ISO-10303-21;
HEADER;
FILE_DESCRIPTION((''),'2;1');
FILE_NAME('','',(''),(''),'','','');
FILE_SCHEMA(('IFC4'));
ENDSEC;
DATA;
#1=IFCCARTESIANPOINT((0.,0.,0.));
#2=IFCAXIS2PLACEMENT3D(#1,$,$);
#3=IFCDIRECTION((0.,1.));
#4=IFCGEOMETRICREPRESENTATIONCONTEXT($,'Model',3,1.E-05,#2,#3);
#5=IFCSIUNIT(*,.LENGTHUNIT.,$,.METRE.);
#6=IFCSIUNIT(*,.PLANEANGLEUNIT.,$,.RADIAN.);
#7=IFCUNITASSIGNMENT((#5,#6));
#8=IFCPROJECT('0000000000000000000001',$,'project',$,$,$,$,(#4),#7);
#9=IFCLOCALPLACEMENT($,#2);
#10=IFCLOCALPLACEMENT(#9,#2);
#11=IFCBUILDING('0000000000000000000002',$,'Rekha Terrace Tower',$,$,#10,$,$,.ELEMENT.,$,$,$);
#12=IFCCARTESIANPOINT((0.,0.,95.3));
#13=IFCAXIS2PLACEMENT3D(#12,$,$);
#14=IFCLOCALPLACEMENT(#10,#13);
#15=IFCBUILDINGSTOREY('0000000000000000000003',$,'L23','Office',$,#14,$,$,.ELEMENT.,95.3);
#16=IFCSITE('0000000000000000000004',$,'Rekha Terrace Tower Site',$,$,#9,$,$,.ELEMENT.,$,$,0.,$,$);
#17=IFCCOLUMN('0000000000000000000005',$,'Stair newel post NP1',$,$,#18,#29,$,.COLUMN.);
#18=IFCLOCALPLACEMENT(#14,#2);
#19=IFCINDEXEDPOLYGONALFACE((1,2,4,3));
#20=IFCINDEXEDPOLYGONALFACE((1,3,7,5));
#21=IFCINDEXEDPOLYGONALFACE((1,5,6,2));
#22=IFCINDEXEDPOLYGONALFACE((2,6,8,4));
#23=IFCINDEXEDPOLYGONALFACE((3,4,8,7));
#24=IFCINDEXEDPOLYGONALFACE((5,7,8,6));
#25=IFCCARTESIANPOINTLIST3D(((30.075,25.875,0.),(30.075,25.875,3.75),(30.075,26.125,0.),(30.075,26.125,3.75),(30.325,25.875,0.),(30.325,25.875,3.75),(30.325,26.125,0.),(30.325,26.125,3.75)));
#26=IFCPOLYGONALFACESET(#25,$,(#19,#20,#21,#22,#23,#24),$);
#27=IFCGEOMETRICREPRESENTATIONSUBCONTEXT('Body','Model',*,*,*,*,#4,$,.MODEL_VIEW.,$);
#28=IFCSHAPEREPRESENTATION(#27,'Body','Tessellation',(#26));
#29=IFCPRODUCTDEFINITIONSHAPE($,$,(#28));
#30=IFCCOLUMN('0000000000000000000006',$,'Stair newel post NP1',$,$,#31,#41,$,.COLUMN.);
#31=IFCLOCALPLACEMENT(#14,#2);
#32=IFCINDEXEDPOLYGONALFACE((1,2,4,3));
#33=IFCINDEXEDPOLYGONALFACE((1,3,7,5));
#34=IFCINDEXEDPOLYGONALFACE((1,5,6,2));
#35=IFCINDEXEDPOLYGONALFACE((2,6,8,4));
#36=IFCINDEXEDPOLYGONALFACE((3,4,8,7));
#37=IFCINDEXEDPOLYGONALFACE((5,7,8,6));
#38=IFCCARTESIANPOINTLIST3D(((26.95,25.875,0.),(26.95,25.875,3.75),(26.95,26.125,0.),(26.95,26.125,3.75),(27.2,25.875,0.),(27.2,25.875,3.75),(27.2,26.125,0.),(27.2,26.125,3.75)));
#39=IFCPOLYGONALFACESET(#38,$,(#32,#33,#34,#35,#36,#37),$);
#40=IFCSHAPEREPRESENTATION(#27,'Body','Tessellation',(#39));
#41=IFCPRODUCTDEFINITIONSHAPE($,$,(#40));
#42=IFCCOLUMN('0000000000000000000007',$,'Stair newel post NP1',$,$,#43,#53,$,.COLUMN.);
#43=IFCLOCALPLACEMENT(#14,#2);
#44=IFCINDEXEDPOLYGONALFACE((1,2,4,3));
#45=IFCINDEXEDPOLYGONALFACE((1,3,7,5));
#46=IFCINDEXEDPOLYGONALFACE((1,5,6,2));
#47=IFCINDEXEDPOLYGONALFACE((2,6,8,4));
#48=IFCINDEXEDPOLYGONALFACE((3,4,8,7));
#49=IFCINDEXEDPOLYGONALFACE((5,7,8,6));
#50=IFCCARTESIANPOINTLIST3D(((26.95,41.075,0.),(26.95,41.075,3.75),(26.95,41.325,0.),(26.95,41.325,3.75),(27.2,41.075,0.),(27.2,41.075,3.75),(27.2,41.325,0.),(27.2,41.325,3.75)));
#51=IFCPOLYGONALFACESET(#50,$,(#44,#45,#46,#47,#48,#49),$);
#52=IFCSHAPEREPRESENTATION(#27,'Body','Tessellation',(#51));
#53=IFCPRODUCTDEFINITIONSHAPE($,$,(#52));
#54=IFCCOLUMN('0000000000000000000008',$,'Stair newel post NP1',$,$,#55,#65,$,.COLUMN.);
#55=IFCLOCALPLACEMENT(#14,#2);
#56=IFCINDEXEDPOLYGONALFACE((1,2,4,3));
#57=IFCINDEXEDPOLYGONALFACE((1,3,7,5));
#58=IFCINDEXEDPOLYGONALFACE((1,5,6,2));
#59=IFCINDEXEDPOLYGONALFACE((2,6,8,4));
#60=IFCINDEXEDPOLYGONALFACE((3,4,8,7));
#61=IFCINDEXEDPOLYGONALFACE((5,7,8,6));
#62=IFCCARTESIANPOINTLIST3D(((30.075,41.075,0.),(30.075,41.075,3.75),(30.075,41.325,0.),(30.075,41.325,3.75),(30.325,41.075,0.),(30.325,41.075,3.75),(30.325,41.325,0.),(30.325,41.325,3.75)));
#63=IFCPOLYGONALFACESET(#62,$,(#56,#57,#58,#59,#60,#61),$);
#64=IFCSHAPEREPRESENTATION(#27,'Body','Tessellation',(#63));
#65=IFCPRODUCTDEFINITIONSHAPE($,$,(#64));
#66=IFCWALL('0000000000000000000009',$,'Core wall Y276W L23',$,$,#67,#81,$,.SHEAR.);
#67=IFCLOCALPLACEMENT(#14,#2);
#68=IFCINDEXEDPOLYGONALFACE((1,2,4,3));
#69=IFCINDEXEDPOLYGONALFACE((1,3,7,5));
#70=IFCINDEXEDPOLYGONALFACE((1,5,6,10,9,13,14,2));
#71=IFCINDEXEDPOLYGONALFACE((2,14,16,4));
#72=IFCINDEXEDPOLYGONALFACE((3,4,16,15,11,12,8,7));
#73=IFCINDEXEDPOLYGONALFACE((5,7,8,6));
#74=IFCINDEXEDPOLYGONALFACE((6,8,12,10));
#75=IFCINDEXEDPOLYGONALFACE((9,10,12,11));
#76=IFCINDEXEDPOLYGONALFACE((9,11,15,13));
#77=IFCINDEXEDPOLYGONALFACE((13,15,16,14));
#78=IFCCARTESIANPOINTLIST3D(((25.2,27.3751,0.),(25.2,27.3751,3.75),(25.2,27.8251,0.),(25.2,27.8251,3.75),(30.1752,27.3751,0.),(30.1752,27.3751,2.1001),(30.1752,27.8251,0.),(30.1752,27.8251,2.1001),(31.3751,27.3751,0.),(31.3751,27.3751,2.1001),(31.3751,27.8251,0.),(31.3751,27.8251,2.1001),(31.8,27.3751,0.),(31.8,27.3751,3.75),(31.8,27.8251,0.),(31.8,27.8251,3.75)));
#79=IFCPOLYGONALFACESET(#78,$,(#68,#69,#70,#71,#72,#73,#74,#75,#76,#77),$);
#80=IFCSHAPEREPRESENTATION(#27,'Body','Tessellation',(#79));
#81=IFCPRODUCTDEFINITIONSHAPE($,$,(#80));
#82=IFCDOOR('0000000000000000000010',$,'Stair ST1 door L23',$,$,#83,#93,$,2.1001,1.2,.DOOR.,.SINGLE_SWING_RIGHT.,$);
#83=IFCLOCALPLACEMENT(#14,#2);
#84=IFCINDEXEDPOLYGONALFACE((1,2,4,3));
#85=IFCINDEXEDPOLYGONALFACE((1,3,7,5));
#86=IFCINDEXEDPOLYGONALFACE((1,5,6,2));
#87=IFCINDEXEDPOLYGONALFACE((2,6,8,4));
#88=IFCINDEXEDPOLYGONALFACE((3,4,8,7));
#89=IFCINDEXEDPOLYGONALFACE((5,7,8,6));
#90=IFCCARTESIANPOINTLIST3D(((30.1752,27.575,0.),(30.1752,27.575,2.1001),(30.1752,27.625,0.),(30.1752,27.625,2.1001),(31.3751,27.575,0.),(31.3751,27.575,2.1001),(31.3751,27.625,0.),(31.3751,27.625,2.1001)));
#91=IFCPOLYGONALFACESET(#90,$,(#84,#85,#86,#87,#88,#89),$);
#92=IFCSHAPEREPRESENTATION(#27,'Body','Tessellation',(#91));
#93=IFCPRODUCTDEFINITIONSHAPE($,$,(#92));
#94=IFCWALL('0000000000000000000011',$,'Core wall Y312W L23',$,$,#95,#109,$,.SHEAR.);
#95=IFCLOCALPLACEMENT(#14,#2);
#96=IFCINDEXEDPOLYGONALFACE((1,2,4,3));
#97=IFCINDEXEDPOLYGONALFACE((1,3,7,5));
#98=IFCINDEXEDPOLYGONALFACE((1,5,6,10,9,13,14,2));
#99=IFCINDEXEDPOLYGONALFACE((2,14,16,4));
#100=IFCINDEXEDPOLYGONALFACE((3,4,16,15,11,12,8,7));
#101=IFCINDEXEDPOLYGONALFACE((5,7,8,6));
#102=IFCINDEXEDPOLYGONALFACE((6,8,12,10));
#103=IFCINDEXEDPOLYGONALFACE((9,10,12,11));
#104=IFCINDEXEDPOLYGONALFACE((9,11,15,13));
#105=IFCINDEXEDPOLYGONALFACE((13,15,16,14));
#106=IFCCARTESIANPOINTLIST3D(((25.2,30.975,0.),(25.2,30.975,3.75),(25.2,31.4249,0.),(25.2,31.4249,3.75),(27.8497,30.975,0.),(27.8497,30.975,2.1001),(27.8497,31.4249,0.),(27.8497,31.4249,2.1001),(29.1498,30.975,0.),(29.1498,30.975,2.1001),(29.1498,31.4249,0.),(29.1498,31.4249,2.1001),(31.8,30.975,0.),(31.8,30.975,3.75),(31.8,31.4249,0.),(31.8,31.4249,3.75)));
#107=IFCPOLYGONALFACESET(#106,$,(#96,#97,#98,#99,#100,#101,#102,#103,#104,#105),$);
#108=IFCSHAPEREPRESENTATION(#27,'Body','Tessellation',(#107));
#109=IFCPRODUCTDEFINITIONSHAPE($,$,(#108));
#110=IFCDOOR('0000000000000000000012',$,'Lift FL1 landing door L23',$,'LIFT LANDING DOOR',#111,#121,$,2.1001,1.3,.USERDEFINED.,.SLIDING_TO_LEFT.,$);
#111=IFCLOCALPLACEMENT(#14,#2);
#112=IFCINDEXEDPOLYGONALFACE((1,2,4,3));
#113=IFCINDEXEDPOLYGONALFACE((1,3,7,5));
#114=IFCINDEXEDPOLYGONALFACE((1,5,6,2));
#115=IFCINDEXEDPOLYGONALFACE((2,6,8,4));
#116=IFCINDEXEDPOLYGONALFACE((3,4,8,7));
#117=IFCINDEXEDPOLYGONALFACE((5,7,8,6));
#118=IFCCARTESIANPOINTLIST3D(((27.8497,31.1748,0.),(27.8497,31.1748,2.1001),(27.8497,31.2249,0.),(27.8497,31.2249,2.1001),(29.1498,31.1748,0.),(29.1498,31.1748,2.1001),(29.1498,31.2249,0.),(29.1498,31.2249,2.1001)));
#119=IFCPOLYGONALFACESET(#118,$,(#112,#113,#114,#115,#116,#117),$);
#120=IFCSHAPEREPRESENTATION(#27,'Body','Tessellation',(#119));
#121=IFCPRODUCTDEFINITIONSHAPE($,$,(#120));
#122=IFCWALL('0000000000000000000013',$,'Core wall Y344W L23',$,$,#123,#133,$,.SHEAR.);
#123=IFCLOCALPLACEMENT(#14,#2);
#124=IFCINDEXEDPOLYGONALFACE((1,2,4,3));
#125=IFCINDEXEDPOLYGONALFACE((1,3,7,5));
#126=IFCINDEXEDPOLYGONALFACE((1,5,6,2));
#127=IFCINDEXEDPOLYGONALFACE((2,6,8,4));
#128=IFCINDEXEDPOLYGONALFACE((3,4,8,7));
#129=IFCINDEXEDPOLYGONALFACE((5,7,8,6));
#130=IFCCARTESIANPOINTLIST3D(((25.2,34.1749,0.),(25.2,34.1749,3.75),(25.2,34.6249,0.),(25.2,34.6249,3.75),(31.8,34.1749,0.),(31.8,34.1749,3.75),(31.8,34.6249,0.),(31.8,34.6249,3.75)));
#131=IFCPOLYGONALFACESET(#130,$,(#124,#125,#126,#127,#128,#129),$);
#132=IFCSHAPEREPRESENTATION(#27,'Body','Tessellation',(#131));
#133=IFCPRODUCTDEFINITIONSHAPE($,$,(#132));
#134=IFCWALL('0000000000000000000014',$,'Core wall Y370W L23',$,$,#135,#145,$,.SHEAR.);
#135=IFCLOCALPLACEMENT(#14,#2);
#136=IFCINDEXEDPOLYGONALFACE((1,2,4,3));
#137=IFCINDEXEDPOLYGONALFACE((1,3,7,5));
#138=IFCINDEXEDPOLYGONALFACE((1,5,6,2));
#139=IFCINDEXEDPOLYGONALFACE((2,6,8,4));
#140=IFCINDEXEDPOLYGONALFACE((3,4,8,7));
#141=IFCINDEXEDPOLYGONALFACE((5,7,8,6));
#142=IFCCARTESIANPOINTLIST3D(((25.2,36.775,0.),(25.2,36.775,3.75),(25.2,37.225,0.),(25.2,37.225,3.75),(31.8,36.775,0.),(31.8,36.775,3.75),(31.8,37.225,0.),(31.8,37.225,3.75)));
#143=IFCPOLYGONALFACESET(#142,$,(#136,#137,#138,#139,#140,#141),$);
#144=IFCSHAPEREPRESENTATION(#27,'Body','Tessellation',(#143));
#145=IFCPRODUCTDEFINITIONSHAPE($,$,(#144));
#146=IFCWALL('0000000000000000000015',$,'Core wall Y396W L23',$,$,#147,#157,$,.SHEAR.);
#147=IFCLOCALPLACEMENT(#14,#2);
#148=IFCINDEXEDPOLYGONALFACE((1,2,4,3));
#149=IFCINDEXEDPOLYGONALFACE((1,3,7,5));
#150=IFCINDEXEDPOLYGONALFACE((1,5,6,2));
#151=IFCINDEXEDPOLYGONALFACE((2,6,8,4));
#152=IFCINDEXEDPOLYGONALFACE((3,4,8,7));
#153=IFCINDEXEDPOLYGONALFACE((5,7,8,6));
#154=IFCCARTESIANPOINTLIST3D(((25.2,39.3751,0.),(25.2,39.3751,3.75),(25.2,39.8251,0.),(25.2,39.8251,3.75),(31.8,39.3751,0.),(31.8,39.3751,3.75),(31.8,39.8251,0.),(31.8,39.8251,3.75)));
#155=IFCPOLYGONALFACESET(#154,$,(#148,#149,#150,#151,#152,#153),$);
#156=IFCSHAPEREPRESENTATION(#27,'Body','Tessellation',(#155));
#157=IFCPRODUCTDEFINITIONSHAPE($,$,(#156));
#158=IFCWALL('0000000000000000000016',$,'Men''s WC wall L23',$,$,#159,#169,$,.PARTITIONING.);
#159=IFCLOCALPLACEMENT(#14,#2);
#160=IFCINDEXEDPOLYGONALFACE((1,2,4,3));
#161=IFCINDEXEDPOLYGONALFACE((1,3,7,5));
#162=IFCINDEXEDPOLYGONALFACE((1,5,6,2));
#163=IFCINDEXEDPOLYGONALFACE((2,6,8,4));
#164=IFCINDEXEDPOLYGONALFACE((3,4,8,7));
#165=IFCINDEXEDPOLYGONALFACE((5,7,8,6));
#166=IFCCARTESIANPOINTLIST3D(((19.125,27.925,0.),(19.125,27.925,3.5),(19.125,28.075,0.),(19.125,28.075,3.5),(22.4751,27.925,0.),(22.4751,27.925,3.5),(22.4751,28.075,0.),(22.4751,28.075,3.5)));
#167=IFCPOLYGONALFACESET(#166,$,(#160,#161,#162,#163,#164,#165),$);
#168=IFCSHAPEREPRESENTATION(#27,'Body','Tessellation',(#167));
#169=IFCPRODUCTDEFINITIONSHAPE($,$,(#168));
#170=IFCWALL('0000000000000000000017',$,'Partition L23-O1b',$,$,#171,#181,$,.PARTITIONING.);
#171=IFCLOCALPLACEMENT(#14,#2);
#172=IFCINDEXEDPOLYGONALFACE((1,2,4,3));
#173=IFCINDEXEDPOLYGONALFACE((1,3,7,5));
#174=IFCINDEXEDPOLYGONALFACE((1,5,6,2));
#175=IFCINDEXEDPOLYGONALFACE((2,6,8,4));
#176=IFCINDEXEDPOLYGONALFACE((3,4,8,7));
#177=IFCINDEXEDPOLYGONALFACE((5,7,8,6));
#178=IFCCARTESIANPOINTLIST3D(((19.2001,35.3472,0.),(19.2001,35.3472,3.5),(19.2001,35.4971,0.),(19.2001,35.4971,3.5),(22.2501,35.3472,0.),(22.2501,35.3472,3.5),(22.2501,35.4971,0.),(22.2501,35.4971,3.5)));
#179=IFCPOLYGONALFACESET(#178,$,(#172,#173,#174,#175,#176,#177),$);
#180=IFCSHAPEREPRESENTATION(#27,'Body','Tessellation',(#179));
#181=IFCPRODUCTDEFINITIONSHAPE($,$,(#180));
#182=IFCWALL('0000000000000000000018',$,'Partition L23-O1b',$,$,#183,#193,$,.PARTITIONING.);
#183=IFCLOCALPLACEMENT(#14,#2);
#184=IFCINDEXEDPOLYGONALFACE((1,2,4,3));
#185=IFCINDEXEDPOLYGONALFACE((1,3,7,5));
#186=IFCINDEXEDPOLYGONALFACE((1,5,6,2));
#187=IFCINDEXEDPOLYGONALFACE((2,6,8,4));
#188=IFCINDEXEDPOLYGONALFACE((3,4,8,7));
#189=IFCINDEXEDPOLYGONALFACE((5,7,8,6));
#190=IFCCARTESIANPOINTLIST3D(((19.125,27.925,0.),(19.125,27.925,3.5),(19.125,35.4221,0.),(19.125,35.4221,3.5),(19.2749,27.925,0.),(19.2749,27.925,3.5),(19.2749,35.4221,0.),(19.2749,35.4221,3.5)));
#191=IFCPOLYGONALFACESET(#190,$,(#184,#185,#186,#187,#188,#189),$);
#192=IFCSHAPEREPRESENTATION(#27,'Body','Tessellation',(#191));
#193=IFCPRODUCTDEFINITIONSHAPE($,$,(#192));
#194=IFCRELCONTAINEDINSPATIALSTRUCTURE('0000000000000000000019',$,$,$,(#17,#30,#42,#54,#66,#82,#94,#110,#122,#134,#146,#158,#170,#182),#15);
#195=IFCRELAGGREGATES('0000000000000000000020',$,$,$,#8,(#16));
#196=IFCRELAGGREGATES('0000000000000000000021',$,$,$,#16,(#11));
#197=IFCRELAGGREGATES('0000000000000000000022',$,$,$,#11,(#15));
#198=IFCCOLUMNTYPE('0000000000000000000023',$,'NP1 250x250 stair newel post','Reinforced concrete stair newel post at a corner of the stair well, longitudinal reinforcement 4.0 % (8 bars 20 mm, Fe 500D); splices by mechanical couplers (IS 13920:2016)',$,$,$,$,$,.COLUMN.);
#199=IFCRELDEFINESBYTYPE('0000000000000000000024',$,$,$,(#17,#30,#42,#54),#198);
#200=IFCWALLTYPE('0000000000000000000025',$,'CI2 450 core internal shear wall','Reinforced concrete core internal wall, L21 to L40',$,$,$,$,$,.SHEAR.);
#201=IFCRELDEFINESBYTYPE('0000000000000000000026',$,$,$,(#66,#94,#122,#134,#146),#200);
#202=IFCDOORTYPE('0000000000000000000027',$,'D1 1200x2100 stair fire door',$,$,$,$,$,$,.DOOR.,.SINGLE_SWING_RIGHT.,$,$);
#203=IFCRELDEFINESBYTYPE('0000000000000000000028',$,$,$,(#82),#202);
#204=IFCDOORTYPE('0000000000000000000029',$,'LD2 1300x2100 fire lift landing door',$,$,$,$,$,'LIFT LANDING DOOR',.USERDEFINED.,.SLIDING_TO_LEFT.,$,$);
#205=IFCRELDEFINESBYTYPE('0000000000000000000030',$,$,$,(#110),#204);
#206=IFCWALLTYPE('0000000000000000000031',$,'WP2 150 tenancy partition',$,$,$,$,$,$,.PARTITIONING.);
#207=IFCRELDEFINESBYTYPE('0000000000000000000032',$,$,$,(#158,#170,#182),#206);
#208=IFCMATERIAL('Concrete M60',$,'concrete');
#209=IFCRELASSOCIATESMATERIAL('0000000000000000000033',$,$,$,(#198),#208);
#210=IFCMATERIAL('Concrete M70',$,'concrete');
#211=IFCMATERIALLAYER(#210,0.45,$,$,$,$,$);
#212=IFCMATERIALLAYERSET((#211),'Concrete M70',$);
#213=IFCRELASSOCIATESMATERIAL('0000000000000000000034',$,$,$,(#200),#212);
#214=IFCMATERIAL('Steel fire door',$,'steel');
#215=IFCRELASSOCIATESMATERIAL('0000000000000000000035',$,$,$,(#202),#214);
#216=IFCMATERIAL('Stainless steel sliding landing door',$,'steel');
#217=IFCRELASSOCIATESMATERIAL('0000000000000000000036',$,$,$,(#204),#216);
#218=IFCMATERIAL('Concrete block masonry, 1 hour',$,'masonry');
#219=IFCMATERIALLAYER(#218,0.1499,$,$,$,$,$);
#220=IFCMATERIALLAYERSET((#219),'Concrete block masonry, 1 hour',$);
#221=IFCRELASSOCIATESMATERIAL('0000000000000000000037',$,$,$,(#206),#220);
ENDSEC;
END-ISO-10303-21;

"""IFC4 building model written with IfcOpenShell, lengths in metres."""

from ifc_helpers import new_model, si_unit, direction, frame, frame_2d, origin, origin_2d, place, context, subcontext, project, spatial, rectangle, extrude, material, layer, layer_set, material_profile, profile_set, type_object, element, fill, save


model = new_model("IFC4")

# Units and contexts
model_context = context("Model", 3, precision=1e-05, world=origin(), true_north=direction((0.0, 1.0)))
body_context = subcontext(model_context, "Body", "Model", "MODEL_VIEW")
ifc_project = project(units=[si_unit("LENGTHUNIT", "METRE"), si_unit("PLANEANGLEUNIT", "RADIAN")], contexts=[model_context])

# Site, building, storey
site_placement = place(None, origin())
site = spatial("IfcSite", under=ifc_project, at=site_placement, Name="Rekha Terrace Tower Site", CompositionType="ELEMENT", RefElevation=0.0)
building_placement = place(site_placement, origin())
building = spatial("IfcBuilding", under=site, at=building_placement, Name="Rekha Terrace Tower", CompositionType="ELEMENT")
storey_placement = place(building_placement, frame((0.0, 0.0, 95.3)))
storey = spatial("IfcBuildingStorey", under=building, at=storey_placement, Name="L23", Description="Office", CompositionType="ELEMENT", Elevation=95.3)

# Columns
ifc_material_1 = material(Name="Concrete M60", Category="concrete")
ifc_material_profile = material_profile(ifc_material_1, rectangle(XDim=0.25, YDim=0.25, at=origin_2d()), Name="RC 250x250")
ifc_profile_set = profile_set([ifc_material_profile], Name="Concrete M60")
column_type = type_object("IfcColumnType", Name="NP1 250x250 stair newel post", Description="Reinforced concrete stair newel post at a corner of the stair well, longitudinal reinforcement 4.0 % (8 bars 20 mm, Fe 500D); splices by mechanical couplers (IS 13920:2016)", PredefinedType="COLUMN", material=ifc_profile_set)
for number, where, z_axis, x_axis, name in (
    (1, (30.2, 26.0, 0.0), (0.0, 0.0, 1.0), (1.0, 0.0, 0.0), "Stair newel post NP1"),
    (2, (27.075, 26.0, 0.0), (0.0, 0.0, 1.0), (1.0, 0.0, 0.0), "Stair newel post NP1"),
    (3, (27.075, 41.2, 0.0), (0.0, 0.0, 1.0), (1.0, 0.0, 0.0), "Stair newel post NP1"),
    (4, (30.2, 41.2, 0.0), (0.0, 0.0, 1.0), (1.0, 0.0, 0.0), "Stair newel post NP1"),
):
    element("IfcColumn", number, at=place(storey_placement, frame(where, z_axis=z_axis, x_axis=x_axis)), inside=storey, type_object=column_type, Name=name, PredefinedType="COLUMN", context=body_context, shape_type="SweptSolid", body=[
        extrude(rectangle(XDim=0.25, YDim=0.25, at=origin_2d()), origin(), (0.0, 0.0, 1.0), 3.75),
    ])

# Walls, openings, doors
ifc_material_2 = material(Name="Concrete M70", Category="concrete")
ifc_layer_1 = layer(ifc_material_2, 0.45)
ifc_layer_set_1 = layer_set([ifc_layer_1], Name="Concrete M70")
wall_type_1 = type_object("IfcWallType", Name="CI2 450 core internal shear wall", Description="Reinforced concrete core internal wall, L21 to L40", PredefinedType="SHEAR", material=ifc_layer_set_1)
wall_1_placement = place(storey_placement, frame((25.2, 27.6001, 0.0), z_axis=(0.0, 0.0, 1.0), x_axis=(1.0, 0.0, 0.0)))
wall_1 = element("IfcWall", 5, at=wall_1_placement, inside=storey, type_object=wall_type_1, Name="Core wall Y276W L23", PredefinedType="SHEAR", context=body_context, shape_type="SweptSolid", body=[
    extrude(rectangle(XDim=6.6001, YDim=0.45, at=frame_2d((3.3, 0.0))), origin(), (0.0, 0.0, 1.0), 3.75),
])
opening_1_placement = place(wall_1_placement, frame((4.9751, 0.0, 0.0)))
opening_1 = element("IfcOpeningElement", 6, at=opening_1_placement, cuts=wall_1, PredefinedType="OPENING", context=body_context, shape_type="SweptSolid", body=[
    extrude(rectangle(XDim=1.2, YDim=2.1001, at=frame_2d((0.6001, 1.05))), frame((0.0, 0.2349, 0.0), z_axis=(0.0, -1.0, 0.0), x_axis=(1.0, 0.0, 0.0)), (0.0, 0.0, 1.0), 0.47),
])
ifc_material_3 = material(Name="Steel fire door", Category="steel")
door_type_1 = type_object("IfcDoorType", Name="D1 1200x2100 stair fire door", OperationType="SINGLE_SWING_RIGHT", PredefinedType="DOOR", material=ifc_material_3)
door_1_placement = place(opening_1_placement, origin())
door_1 = element("IfcDoor", 7, at=door_1_placement, inside=storey, type_object=door_type_1, Name="Stair ST1 door L23", OperationType="SINGLE_SWING_RIGHT", OverallHeight=2.1001, OverallWidth=1.2, PredefinedType="DOOR", context=body_context, shape_type="SweptSolid", body=[
    extrude(rectangle(XDim=1.2, YDim=2.1001, at=frame_2d((0.6001, 1.05))), frame((0.0, 0.0249, 0.0), z_axis=(0.0, -1.0, 0.0), x_axis=(1.0, 0.0, 0.0)), (0.0, 0.0, 1.0), 0.05),
])
fill(opening_1, door_1)
wall_2_placement = place(storey_placement, frame((25.2, 31.2, 0.0), z_axis=(0.0, 0.0, 1.0), x_axis=(1.0, 0.0, 0.0)))
wall_2 = element("IfcWall", 8, at=wall_2_placement, inside=storey, type_object=wall_type_1, Name="Core wall Y312W L23", PredefinedType="SHEAR", context=body_context, shape_type="SweptSolid", body=[
    extrude(rectangle(XDim=6.6001, YDim=0.45, at=frame_2d((3.3, 0.0))), origin(), (0.0, 0.0, 1.0), 3.75),
])
opening_2_placement = place(wall_2_placement, frame((2.6499, 0.0, 0.0)))
opening_2 = element("IfcOpeningElement", 9, at=opening_2_placement, cuts=wall_2, PredefinedType="OPENING", context=body_context, shape_type="SweptSolid", body=[
    extrude(rectangle(XDim=1.3, YDim=2.1001, at=frame_2d((0.6499, 1.05))), frame((0.0, 0.2349, 0.0), z_axis=(0.0, -1.0, 0.0), x_axis=(1.0, 0.0, 0.0)), (0.0, 0.0, 1.0), 0.47),
])
ifc_material_4 = material(Name="Stainless steel sliding landing door", Category="steel")
door_type_2 = type_object("IfcDoorType", Name="LD2 1300x2100 fire lift landing door", ElementType="LIFT LANDING DOOR", OperationType="SLIDING_TO_LEFT", PredefinedType="USERDEFINED", material=ifc_material_4)
door_2_placement = place(opening_2_placement, origin())
door_2 = element("IfcDoor", 10, at=door_2_placement, inside=storey, type_object=door_type_2, Name="Lift FL1 landing door L23", ObjectType="LIFT LANDING DOOR", OperationType="SLIDING_TO_LEFT", OverallHeight=2.1001, OverallWidth=1.3, PredefinedType="USERDEFINED", context=body_context, shape_type="SweptSolid", body=[
    extrude(rectangle(XDim=1.3, YDim=2.1001, at=frame_2d((0.6499, 1.05))), frame((0.0, 0.0249, 0.0), z_axis=(0.0, -1.0, 0.0), x_axis=(1.0, 0.0, 0.0)), (0.0, 0.0, 1.0), 0.05),
])
fill(opening_2, door_2)

# Walls
for number, where, z_axis, x_axis, name in (
    (11, (25.2, 34.3999, 0.0), (0.0, 0.0, 1.0), (1.0, 0.0, 0.0), "Core wall Y344W L23"),
    (12, (25.2, 37.0, 0.0), (0.0, 0.0, 1.0), (1.0, 0.0, 0.0), "Core wall Y370W L23"),
    (13, (25.2, 39.6001, 0.0), (0.0, 0.0, 1.0), (1.0, 0.0, 0.0), "Core wall Y396W L23"),
):
    element("IfcWall", number, at=place(storey_placement, frame(where, z_axis=z_axis, x_axis=x_axis)), inside=storey, type_object=wall_type_1, Name=name, PredefinedType="SHEAR", context=body_context, shape_type="SweptSolid", body=[
        extrude(rectangle(XDim=6.6001, YDim=0.45, at=frame_2d((3.3, 0.0))), origin(), (0.0, 0.0, 1.0), 3.75),
    ])
ifc_material_5 = material(Name="Concrete block masonry, 1 hour", Category="masonry")
ifc_layer_2 = layer(ifc_material_5, 0.1499)
ifc_layer_set_2 = layer_set([ifc_layer_2], Name="Concrete block masonry, 1 hour")
wall_type_2 = type_object("IfcWallType", Name="WP2 150 tenancy partition", PredefinedType="PARTITIONING", material=ifc_layer_set_2)
wall_3_placement = place(storey_placement, frame((19.125, 28.0, 0.0), z_axis=(0.0, 0.0, 1.0), x_axis=(1.0, 0.0, 0.0)))
element("IfcWall", 14, at=wall_3_placement, inside=storey, type_object=wall_type_2, Name="Men's WC wall L23", PredefinedType="PARTITIONING", context=body_context, shape_type="SweptSolid", body=[
    extrude(rectangle(XDim=3.3501, YDim=0.1499, at=frame_2d((1.675, 0.0))), origin(), (0.0, 0.0, 1.0), 3.5),
])
wall_4_placement = place(storey_placement, frame((22.25, 35.4221, 0.0), z_axis=(0.0, 0.0, 1.0), x_axis=(-1.0, 0.0, 0.0)))
element("IfcWall", 15, at=wall_4_placement, inside=storey, type_object=wall_type_2, Name="Partition L23-O1b", PredefinedType="PARTITIONING", context=body_context, shape_type="SweptSolid", body=[
    extrude(rectangle(XDim=3.05, YDim=0.1499, at=frame_2d((1.5249, 0.0))), origin(), (0.0, 0.0, 1.0), 3.5),
])
wall_5_placement = place(storey_placement, frame((19.2, 35.4221, 0.0), z_axis=(0.0, 0.0, 1.0), x_axis=(0.0, -1.0, 0.0)))
element("IfcWall", 16, at=wall_5_placement, inside=storey, type_object=wall_type_2, Name="Partition L23-O1b", PredefinedType="PARTITIONING", context=body_context, shape_type="SweptSolid", body=[
    extrude(rectangle(XDim=7.4971, YDim=0.1499, at=frame_2d((3.7485, 0.0))), origin(), (0.0, 0.0, 1.0), 3.5),
])

save(model, "model.ifc")
